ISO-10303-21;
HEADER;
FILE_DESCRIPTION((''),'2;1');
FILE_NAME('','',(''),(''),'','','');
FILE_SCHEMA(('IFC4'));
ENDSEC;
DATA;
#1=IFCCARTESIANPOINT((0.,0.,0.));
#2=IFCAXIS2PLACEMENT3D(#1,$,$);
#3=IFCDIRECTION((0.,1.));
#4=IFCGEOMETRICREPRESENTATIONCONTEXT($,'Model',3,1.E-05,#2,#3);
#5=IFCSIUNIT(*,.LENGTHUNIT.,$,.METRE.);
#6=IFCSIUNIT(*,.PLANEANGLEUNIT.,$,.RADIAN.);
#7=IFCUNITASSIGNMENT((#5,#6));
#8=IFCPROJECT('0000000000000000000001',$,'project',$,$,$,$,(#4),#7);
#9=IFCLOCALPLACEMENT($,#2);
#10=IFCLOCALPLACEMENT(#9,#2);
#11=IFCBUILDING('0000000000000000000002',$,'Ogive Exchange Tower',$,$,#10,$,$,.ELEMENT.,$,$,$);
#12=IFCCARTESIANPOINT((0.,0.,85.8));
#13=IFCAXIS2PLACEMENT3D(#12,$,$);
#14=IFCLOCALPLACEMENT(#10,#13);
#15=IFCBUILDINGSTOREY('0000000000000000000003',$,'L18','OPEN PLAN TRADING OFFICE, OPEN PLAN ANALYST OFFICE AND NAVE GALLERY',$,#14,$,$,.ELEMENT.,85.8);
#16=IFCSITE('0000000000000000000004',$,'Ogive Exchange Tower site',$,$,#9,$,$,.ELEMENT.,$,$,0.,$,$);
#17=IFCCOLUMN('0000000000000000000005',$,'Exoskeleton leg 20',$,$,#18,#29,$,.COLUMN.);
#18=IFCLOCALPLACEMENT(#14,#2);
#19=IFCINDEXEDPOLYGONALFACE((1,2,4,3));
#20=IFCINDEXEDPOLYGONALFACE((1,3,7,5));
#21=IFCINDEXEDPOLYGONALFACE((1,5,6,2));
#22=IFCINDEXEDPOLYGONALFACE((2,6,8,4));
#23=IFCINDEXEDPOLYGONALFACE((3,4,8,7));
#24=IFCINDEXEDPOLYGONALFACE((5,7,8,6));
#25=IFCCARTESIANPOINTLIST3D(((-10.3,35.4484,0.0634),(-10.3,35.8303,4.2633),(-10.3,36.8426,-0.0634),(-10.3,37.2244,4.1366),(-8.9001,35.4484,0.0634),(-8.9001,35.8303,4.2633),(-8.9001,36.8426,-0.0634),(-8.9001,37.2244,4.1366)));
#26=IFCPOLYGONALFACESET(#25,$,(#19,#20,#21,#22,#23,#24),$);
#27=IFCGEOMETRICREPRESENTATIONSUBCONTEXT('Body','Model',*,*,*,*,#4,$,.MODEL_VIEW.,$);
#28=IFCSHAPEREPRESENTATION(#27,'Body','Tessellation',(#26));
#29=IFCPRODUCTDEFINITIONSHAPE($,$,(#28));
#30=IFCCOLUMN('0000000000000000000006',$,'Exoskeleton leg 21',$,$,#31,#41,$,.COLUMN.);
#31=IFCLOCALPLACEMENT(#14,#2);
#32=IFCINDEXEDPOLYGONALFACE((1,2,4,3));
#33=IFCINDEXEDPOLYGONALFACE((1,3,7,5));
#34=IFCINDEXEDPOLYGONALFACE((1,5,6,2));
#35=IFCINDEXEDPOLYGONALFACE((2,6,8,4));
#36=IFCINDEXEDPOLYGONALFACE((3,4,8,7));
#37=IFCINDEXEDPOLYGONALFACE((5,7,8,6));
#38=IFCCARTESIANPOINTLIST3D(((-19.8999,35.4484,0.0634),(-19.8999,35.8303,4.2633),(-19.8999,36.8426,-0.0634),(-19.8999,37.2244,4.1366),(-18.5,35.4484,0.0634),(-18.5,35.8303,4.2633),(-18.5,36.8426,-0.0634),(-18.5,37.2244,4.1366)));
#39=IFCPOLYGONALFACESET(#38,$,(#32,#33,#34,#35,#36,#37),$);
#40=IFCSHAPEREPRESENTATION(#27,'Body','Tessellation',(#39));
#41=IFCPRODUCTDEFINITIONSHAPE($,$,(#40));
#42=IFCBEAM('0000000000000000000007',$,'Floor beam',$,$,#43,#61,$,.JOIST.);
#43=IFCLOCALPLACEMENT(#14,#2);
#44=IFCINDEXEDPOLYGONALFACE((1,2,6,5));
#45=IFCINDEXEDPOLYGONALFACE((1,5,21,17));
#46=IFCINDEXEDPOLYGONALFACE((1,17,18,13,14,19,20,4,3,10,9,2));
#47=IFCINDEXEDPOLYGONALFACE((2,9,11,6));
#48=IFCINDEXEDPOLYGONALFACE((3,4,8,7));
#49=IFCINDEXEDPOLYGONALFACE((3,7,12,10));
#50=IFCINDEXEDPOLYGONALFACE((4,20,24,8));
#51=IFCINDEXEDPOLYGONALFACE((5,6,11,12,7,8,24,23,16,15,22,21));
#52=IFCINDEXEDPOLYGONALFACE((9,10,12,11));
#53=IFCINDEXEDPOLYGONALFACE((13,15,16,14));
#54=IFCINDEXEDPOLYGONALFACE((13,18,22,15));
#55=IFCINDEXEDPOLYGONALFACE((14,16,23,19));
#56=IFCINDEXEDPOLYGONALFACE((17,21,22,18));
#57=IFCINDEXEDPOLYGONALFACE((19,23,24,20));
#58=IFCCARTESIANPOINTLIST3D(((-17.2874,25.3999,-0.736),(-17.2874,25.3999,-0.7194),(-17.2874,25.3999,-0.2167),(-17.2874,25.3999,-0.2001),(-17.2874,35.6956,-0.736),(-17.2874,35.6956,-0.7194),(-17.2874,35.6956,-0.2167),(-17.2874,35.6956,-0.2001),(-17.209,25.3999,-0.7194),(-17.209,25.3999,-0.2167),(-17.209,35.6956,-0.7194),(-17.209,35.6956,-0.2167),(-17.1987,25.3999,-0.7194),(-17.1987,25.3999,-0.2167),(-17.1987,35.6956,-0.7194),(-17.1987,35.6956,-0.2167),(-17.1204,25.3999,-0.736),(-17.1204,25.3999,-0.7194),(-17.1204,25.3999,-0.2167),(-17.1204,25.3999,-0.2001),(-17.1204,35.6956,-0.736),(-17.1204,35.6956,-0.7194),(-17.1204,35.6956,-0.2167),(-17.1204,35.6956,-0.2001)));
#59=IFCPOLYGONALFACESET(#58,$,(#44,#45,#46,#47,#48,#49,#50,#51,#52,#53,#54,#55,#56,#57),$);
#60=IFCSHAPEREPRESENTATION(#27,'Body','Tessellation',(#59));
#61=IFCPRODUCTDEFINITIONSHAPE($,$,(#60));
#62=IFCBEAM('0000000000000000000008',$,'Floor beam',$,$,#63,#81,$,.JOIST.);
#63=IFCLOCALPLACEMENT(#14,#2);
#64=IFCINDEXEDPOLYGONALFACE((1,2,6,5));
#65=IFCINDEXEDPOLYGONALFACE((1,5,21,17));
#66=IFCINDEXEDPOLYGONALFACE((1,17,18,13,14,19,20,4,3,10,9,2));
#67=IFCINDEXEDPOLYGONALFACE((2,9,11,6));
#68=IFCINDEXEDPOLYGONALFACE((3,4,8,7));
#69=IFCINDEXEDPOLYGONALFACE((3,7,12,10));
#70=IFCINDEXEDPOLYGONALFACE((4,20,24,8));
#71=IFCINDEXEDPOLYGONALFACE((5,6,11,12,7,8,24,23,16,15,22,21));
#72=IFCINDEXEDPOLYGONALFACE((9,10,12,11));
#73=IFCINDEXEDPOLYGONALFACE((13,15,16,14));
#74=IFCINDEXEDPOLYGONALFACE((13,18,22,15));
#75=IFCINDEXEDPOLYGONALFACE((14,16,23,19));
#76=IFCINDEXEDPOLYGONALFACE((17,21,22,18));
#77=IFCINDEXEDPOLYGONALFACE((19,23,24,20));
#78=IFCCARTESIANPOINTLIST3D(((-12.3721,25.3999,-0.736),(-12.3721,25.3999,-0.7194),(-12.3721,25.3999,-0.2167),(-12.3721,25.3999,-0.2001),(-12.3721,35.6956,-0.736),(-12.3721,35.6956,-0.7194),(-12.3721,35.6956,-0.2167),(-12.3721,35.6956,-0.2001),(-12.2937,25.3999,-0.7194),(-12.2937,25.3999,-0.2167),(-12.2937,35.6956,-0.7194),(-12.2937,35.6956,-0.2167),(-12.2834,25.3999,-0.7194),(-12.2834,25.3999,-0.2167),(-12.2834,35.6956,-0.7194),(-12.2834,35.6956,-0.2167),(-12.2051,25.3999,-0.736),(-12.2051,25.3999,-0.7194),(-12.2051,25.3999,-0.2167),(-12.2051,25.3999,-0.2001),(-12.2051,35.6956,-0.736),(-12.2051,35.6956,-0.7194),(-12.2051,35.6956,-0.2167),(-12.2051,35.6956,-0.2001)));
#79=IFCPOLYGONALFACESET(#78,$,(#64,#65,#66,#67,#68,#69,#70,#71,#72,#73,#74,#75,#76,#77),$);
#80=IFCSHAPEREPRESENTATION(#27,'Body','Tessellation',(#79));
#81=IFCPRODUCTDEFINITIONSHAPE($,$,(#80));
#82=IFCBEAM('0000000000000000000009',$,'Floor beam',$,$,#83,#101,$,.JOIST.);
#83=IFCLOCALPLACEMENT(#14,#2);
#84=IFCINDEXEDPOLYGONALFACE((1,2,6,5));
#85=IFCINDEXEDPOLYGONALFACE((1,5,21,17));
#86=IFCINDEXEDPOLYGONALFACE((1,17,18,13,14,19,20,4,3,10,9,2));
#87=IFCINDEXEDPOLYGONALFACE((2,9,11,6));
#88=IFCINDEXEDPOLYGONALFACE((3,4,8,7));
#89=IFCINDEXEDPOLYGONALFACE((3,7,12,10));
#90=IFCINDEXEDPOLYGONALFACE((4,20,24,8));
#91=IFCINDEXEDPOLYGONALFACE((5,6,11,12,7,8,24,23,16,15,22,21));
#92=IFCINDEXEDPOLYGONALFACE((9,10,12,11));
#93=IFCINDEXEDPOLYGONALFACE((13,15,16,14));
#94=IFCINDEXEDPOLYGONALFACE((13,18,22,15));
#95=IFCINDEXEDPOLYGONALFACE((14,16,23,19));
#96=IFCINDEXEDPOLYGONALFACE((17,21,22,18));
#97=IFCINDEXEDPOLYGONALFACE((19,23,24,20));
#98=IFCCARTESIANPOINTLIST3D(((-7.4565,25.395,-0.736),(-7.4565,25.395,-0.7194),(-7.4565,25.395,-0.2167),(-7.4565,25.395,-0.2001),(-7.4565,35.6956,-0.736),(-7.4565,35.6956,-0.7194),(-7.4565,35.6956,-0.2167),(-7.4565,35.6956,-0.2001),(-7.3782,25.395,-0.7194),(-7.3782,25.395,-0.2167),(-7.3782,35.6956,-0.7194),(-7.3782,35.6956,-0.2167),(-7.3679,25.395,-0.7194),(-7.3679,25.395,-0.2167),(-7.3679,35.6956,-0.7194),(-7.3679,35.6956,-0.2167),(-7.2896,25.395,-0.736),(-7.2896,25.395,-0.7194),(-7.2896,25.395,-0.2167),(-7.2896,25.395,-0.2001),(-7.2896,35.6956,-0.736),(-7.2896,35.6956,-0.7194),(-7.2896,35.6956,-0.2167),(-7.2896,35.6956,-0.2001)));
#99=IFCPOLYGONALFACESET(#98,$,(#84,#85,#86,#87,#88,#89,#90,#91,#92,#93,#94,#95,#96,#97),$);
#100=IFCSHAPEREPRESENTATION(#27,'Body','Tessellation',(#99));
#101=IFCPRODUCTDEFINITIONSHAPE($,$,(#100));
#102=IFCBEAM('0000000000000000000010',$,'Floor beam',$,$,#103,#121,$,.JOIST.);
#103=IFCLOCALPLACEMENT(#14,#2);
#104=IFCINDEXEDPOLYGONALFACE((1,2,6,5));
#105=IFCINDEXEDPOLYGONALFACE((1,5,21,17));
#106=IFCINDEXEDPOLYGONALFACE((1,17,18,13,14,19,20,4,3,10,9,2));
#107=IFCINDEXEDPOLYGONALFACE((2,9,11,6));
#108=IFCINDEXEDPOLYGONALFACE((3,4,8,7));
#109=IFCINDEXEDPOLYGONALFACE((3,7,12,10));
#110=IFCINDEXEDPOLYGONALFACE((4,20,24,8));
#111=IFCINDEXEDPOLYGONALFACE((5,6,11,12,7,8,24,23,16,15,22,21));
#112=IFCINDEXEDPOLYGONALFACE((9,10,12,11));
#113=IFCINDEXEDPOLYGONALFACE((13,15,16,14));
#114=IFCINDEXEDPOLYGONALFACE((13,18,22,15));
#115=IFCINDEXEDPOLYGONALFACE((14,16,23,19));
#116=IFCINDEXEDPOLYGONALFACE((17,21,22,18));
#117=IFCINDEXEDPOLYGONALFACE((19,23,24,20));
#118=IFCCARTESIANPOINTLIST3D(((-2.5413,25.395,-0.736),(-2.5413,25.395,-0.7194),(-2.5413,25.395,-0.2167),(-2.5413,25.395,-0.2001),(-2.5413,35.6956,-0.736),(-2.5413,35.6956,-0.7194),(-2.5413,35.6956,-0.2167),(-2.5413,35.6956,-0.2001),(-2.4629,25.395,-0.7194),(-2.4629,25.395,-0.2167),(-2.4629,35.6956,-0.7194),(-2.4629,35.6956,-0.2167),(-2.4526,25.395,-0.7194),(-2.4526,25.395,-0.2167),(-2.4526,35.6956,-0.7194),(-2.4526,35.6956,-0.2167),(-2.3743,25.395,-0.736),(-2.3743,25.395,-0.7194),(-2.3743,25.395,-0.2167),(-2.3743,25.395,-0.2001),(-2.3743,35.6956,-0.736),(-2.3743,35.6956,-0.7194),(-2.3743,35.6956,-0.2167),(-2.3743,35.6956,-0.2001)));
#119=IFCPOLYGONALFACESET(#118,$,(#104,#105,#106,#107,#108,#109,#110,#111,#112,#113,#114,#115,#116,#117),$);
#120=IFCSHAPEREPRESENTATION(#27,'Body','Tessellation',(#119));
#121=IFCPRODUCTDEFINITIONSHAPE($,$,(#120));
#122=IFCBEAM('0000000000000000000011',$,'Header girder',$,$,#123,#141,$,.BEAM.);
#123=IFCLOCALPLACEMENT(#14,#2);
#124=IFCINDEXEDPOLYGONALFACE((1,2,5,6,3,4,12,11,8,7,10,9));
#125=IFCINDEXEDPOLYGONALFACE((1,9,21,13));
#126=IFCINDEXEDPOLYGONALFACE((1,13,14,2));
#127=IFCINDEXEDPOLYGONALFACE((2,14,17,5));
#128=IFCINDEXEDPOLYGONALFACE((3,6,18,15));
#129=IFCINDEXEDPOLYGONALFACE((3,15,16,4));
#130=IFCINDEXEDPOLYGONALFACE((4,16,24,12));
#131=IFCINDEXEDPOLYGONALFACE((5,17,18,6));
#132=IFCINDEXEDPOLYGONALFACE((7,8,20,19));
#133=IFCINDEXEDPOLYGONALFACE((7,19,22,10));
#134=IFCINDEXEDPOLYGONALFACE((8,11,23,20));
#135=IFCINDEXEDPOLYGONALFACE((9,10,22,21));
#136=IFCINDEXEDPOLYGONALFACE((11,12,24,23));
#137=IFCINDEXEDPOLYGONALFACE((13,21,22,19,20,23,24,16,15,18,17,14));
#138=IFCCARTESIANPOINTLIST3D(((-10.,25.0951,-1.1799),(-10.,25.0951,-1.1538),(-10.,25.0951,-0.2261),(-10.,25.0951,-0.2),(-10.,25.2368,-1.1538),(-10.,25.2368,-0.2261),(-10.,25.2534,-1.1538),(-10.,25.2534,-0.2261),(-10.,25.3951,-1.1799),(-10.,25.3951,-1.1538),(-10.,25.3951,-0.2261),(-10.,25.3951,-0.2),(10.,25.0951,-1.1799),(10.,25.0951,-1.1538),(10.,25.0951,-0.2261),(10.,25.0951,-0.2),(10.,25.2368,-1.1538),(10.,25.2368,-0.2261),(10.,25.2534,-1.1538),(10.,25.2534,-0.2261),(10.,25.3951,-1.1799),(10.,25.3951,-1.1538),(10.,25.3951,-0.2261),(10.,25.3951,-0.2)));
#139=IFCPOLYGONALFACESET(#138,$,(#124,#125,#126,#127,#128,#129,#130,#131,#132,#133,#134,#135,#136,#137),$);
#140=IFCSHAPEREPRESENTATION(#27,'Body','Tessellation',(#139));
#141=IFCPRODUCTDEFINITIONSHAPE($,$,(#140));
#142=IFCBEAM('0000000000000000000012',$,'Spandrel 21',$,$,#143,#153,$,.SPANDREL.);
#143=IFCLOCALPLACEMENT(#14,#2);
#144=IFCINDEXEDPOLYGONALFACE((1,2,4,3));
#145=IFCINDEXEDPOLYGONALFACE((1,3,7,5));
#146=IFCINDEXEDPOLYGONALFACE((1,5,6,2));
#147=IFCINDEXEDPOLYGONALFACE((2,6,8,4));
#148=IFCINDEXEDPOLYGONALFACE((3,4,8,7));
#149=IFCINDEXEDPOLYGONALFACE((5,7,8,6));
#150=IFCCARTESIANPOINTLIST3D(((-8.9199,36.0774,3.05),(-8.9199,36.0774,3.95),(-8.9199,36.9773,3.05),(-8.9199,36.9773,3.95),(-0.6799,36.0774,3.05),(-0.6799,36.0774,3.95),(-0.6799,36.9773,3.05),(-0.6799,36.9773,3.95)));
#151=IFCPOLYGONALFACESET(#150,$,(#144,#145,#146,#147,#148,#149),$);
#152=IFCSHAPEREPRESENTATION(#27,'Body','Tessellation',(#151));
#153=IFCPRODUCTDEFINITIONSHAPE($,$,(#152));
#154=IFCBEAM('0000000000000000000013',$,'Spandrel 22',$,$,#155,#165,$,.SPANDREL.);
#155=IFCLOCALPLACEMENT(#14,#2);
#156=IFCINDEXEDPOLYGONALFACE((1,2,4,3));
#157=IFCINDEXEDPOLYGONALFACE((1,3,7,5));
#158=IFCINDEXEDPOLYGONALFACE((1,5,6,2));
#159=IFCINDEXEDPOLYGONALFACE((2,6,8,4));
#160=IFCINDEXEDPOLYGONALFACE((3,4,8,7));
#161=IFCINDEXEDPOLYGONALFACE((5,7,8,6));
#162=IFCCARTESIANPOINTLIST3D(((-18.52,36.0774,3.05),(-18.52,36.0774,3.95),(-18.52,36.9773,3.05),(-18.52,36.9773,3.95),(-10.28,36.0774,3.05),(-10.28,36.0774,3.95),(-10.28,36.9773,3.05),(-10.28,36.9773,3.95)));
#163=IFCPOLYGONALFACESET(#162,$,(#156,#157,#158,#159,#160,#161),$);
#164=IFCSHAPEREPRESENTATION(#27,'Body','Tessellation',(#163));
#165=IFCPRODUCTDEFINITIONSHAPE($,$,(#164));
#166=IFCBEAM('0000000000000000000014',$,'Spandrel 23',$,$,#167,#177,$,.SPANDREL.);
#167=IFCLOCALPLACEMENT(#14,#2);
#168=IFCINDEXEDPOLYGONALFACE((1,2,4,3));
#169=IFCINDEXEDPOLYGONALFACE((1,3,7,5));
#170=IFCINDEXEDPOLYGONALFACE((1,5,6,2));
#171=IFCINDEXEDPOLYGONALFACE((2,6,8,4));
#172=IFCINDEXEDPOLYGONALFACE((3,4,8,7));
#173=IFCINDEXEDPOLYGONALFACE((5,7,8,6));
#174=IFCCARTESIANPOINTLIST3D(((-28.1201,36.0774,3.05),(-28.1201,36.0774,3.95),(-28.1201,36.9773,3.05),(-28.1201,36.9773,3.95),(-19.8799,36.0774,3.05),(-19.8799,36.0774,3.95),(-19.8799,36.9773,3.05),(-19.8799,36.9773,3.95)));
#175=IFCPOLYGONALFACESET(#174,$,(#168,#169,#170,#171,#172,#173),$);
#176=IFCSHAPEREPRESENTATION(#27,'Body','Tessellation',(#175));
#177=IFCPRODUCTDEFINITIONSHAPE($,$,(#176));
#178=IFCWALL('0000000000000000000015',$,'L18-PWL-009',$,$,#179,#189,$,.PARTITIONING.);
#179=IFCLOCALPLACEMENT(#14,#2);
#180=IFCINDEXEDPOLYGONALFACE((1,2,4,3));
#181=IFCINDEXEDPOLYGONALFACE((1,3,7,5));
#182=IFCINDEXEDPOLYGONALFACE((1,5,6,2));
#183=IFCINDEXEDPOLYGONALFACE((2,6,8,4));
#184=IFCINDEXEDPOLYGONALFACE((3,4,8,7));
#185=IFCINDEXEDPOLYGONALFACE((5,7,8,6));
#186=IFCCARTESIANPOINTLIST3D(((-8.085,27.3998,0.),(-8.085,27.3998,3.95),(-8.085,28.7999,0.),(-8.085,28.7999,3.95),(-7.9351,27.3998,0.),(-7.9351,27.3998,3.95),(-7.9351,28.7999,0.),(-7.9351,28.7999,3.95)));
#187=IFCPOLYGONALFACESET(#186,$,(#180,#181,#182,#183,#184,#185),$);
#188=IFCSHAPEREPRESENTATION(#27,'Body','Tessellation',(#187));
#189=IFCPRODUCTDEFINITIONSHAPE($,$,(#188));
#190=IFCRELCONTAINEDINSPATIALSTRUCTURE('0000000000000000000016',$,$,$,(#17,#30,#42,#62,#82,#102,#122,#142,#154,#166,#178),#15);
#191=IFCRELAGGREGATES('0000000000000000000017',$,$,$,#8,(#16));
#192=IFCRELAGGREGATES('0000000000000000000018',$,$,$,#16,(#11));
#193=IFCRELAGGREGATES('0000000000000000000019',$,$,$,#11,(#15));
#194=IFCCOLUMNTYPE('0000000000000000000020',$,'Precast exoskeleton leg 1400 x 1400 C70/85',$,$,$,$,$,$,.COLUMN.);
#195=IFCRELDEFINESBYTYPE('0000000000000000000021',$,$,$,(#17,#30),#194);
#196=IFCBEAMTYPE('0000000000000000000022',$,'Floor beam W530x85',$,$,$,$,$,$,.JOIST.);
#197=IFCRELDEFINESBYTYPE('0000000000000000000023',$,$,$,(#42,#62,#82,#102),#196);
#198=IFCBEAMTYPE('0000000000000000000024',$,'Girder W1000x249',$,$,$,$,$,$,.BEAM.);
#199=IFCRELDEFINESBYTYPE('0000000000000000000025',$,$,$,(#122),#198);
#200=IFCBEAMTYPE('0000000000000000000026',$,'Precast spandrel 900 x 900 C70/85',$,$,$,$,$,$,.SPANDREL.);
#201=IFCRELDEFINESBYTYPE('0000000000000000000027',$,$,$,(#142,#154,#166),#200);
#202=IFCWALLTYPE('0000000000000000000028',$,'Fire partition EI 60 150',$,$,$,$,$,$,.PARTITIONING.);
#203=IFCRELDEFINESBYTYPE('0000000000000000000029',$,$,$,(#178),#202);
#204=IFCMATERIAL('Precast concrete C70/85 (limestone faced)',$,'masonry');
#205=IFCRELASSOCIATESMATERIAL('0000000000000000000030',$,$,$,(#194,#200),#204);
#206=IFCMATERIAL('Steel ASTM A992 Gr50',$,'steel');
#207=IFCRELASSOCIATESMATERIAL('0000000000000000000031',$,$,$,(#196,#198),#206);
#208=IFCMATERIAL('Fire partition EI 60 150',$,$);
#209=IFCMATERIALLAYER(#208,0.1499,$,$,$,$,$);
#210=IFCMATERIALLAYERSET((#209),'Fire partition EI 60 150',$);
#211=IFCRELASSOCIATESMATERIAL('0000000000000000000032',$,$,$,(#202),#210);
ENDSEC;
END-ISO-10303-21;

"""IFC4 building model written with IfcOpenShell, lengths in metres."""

from ifc_helpers import new_model, si_unit, direction, frame, frame_2d, origin, origin_2d, place, context, subcontext, project, spatial, rectangle, i_section, extrude, material, layer, layer_set, material_profile, profile_set, type_object, element, save


model = new_model("IFC4")

# Units and contexts
model_context = context("Model", 3, precision=1e-05, world=origin(), true_north=direction((0.0, 1.0)))
body_context = subcontext(model_context, "Body", "Model", "MODEL_VIEW")
ifc_project = project(units=[si_unit("LENGTHUNIT", "METRE"), si_unit("PLANEANGLEUNIT", "RADIAN")], contexts=[model_context])

# Site, building, storey
site_placement = place(None, origin())
site = spatial("IfcSite", under=ifc_project, at=site_placement, Name="Ogive Exchange Tower site", CompositionType="ELEMENT", RefElevation=0.0)
building_placement = place(site_placement, origin())
building = spatial("IfcBuilding", under=site, at=building_placement, Name="Ogive Exchange Tower", CompositionType="ELEMENT")
storey_placement = place(building_placement, frame((0.0, 0.0, 85.8)))
storey = spatial("IfcBuildingStorey", under=building, at=storey_placement, Name="L18", Description="OPEN PLAN TRADING OFFICE, OPEN PLAN ANALYST OFFICE AND NAVE GALLERY", CompositionType="ELEMENT", Elevation=85.8)

# Columns
ifc_material_1 = material(Name="Precast concrete C70/85 (limestone faced)", Category="masonry")
ifc_material_profile_1 = material_profile(ifc_material_1, rectangle(XDim=1.3999, YDim=1.3999, at=origin_2d()), Name="1400 x 1400")
ifc_profile_set_1 = profile_set([ifc_material_profile_1], Name="Precast concrete C70/85 (limestone faced)")
column_type = type_object("IfcColumnType", Name="Precast exoskeleton leg 1400 x 1400 C70/85", PredefinedType="COLUMN", material=ifc_profile_set_1)
for number, where, z_axis, x_axis, name in (
    (1, (-9.6001, 36.1455, 0.0), (0.0, 0.090541, 0.995893), (-1.0, 0.0, 0.0), "Exoskeleton leg 20"),
    (2, (-19.2, 36.1455, 0.0), (0.0, 0.090541, 0.995893), (-1.0, 0.0, 0.0), "Exoskeleton leg 21"),
):
    element("IfcColumn", number, at=place(storey_placement, frame(where, z_axis=z_axis, x_axis=x_axis)), inside=storey, type_object=column_type, Name=name, PredefinedType="COLUMN", context=body_context, shape_type="SweptSolid", body=[
        extrude(rectangle(XDim=1.3999, YDim=1.3999, at=origin_2d()), origin(), (0.0, 0.0, 1.0), 4.2173),
    ])

# Beams
ifc_material_2 = material(Name="Steel ASTM A992 Gr50", Category="steel")
ifc_material_profile_2 = material_profile(ifc_material_2, i_section(OverallWidth=0.167, OverallDepth=0.5359, WebThickness=0.0103, FlangeThickness=0.0166, at=origin_2d()), Name="W530x85")
ifc_profile_set_2 = profile_set([ifc_material_profile_2], Name="Steel ASTM A992 Gr50")
beam_type_1 = type_object("IfcBeamType", Name="Floor beam W530x85", PredefinedType="JOIST", material=ifc_profile_set_2)
for number, where, z_axis, x_axis, name in (
    (3, (-17.2039, 25.3999, -0.468), (0.0, 1.0, 0.0), (-1.0, 0.0, 0.0), "Floor beam"),
    (4, (-12.2886, 25.3999, -0.468), (0.0, 1.0, 0.0), (-1.0, 0.0, 0.0), "Floor beam"),
):
    element("IfcBeam", number, at=place(storey_placement, frame(where, z_axis=z_axis, x_axis=x_axis)), inside=storey, type_object=beam_type_1, Name=name, PredefinedType="JOIST", context=body_context, shape_type="SweptSolid", body=[
        extrude(i_section(OverallWidth=0.167, OverallDepth=0.5359, WebThickness=0.0103, FlangeThickness=0.0166, at=origin_2d()), origin(), (0.0, 0.0, 1.0), 10.2957),
    ])
for number, where, z_axis, x_axis, name in (
    (5, (-7.373, 25.395, -0.468), (0.0, 1.0, 0.0), (-1.0, 0.0, 0.0), "Floor beam"),
    (6, (-2.4578, 25.395, -0.468), (0.0, 1.0, 0.0), (-1.0, 0.0, 0.0), "Floor beam"),
):
    element("IfcBeam", number, at=place(storey_placement, frame(where, z_axis=z_axis, x_axis=x_axis)), inside=storey, type_object=beam_type_1, Name=name, PredefinedType="JOIST", context=body_context, shape_type="SweptSolid", body=[
        extrude(i_section(OverallWidth=0.167, OverallDepth=0.5359, WebThickness=0.0103, FlangeThickness=0.0166, at=origin_2d()), origin(), (0.0, 0.0, 1.0), 10.3005),
    ])
ifc_material_profile_3 = material_profile(ifc_material_2, i_section(OverallWidth=0.3, OverallDepth=0.98, WebThickness=0.0166, FlangeThickness=0.0261, at=origin_2d()), Name="W1000x249")
ifc_profile_set_3 = profile_set([ifc_material_profile_3], Name="Steel ASTM A992 Gr50")
beam_type_2 = type_object("IfcBeamType", Name="Girder W1000x249", PredefinedType="BEAM", material=ifc_profile_set_3)
beam_1_placement = place(storey_placement, frame((-10.0, 25.2451, -0.6899), z_axis=(1.0, 0.0, 0.0), x_axis=(0.0, 1.0, 0.0)))
element("IfcBeam", 7, at=beam_1_placement, inside=storey, type_object=beam_type_2, Name="Header girder", PredefinedType="BEAM", context=body_context, shape_type="SweptSolid", body=[
    extrude(i_section(OverallWidth=0.3, OverallDepth=0.98, WebThickness=0.0166, FlangeThickness=0.0261, at=origin_2d()), origin(), (0.0, 0.0, 1.0), 20.0),
])
ifc_material_profile_4 = material_profile(ifc_material_1, rectangle(XDim=0.8999, YDim=0.8999, at=origin_2d()), Name="900 x 900")
ifc_profile_set_4 = profile_set([ifc_material_profile_4], Name="Precast concrete C70/85 (limestone faced)")
beam_type_3 = type_object("IfcBeamType", Name="Precast spandrel 900 x 900 C70/85", PredefinedType="SPANDREL", material=ifc_profile_set_4)
for number, where, z_axis, x_axis, name in (
    (8, (-0.6799, 36.5273, 3.5), (-1.0, 0.0, 0.0), (0.0, -1.0, 0.0), "Spandrel 21"),
    (9, (-10.28, 36.5273, 3.5), (-1.0, 0.0, 0.0), (0.0, -1.0, 0.0), "Spandrel 22"),
):
    element("IfcBeam", number, at=place(storey_placement, frame(where, z_axis=z_axis, x_axis=x_axis)), inside=storey, type_object=beam_type_3, Name=name, PredefinedType="SPANDREL", context=body_context, shape_type="SweptSolid", body=[
        extrude(rectangle(XDim=0.8999, YDim=0.8999, at=origin_2d()), origin(), (0.0, 0.0, 1.0), 8.24),
    ])
beam_2_placement = place(storey_placement, frame((-19.8799, 36.5273, 3.5), z_axis=(-1.0, 0.0, 0.0), x_axis=(0.0, -1.0, 0.0)))
element("IfcBeam", 10, at=beam_2_placement, inside=storey, type_object=beam_type_3, Name="Spandrel 23", PredefinedType="SPANDREL", context=body_context, shape_type="SweptSolid", body=[
    extrude(rectangle(XDim=0.8999, YDim=0.8999, at=origin_2d()), origin(), (0.0, 0.0, 1.0), 8.2402),
])

# Wall
ifc_material_3 = material(Name="Fire partition EI 60 150")
ifc_layer_1 = layer(ifc_material_3, 0.1499)
ifc_layer_set_1 = layer_set([ifc_layer_1], Name="Fire partition EI 60 150")
wall_type_1 = type_object("IfcWallType", Name="Fire partition EI 60 150", PredefinedType="PARTITIONING", material=ifc_layer_set_1)
wall_1_placement = place(storey_placement, frame((-8.01, 28.8, 0.0), z_axis=(0.0, 0.0, 1.0), x_axis=(0.0, -1.0, 0.0)))
element("IfcWall", 11, at=wall_1_placement, inside=storey, type_object=wall_type_1, Name="L18-PWL-009", PredefinedType="PARTITIONING", context=body_context, shape_type="SweptSolid", body=[
    extrude(rectangle(XDim=1.4001, YDim=0.1499, at=frame_2d((0.7002, 0.0))), origin(), (0.0, 0.0, 1.0), 3.95),
])

save(model, "model.ifc")
